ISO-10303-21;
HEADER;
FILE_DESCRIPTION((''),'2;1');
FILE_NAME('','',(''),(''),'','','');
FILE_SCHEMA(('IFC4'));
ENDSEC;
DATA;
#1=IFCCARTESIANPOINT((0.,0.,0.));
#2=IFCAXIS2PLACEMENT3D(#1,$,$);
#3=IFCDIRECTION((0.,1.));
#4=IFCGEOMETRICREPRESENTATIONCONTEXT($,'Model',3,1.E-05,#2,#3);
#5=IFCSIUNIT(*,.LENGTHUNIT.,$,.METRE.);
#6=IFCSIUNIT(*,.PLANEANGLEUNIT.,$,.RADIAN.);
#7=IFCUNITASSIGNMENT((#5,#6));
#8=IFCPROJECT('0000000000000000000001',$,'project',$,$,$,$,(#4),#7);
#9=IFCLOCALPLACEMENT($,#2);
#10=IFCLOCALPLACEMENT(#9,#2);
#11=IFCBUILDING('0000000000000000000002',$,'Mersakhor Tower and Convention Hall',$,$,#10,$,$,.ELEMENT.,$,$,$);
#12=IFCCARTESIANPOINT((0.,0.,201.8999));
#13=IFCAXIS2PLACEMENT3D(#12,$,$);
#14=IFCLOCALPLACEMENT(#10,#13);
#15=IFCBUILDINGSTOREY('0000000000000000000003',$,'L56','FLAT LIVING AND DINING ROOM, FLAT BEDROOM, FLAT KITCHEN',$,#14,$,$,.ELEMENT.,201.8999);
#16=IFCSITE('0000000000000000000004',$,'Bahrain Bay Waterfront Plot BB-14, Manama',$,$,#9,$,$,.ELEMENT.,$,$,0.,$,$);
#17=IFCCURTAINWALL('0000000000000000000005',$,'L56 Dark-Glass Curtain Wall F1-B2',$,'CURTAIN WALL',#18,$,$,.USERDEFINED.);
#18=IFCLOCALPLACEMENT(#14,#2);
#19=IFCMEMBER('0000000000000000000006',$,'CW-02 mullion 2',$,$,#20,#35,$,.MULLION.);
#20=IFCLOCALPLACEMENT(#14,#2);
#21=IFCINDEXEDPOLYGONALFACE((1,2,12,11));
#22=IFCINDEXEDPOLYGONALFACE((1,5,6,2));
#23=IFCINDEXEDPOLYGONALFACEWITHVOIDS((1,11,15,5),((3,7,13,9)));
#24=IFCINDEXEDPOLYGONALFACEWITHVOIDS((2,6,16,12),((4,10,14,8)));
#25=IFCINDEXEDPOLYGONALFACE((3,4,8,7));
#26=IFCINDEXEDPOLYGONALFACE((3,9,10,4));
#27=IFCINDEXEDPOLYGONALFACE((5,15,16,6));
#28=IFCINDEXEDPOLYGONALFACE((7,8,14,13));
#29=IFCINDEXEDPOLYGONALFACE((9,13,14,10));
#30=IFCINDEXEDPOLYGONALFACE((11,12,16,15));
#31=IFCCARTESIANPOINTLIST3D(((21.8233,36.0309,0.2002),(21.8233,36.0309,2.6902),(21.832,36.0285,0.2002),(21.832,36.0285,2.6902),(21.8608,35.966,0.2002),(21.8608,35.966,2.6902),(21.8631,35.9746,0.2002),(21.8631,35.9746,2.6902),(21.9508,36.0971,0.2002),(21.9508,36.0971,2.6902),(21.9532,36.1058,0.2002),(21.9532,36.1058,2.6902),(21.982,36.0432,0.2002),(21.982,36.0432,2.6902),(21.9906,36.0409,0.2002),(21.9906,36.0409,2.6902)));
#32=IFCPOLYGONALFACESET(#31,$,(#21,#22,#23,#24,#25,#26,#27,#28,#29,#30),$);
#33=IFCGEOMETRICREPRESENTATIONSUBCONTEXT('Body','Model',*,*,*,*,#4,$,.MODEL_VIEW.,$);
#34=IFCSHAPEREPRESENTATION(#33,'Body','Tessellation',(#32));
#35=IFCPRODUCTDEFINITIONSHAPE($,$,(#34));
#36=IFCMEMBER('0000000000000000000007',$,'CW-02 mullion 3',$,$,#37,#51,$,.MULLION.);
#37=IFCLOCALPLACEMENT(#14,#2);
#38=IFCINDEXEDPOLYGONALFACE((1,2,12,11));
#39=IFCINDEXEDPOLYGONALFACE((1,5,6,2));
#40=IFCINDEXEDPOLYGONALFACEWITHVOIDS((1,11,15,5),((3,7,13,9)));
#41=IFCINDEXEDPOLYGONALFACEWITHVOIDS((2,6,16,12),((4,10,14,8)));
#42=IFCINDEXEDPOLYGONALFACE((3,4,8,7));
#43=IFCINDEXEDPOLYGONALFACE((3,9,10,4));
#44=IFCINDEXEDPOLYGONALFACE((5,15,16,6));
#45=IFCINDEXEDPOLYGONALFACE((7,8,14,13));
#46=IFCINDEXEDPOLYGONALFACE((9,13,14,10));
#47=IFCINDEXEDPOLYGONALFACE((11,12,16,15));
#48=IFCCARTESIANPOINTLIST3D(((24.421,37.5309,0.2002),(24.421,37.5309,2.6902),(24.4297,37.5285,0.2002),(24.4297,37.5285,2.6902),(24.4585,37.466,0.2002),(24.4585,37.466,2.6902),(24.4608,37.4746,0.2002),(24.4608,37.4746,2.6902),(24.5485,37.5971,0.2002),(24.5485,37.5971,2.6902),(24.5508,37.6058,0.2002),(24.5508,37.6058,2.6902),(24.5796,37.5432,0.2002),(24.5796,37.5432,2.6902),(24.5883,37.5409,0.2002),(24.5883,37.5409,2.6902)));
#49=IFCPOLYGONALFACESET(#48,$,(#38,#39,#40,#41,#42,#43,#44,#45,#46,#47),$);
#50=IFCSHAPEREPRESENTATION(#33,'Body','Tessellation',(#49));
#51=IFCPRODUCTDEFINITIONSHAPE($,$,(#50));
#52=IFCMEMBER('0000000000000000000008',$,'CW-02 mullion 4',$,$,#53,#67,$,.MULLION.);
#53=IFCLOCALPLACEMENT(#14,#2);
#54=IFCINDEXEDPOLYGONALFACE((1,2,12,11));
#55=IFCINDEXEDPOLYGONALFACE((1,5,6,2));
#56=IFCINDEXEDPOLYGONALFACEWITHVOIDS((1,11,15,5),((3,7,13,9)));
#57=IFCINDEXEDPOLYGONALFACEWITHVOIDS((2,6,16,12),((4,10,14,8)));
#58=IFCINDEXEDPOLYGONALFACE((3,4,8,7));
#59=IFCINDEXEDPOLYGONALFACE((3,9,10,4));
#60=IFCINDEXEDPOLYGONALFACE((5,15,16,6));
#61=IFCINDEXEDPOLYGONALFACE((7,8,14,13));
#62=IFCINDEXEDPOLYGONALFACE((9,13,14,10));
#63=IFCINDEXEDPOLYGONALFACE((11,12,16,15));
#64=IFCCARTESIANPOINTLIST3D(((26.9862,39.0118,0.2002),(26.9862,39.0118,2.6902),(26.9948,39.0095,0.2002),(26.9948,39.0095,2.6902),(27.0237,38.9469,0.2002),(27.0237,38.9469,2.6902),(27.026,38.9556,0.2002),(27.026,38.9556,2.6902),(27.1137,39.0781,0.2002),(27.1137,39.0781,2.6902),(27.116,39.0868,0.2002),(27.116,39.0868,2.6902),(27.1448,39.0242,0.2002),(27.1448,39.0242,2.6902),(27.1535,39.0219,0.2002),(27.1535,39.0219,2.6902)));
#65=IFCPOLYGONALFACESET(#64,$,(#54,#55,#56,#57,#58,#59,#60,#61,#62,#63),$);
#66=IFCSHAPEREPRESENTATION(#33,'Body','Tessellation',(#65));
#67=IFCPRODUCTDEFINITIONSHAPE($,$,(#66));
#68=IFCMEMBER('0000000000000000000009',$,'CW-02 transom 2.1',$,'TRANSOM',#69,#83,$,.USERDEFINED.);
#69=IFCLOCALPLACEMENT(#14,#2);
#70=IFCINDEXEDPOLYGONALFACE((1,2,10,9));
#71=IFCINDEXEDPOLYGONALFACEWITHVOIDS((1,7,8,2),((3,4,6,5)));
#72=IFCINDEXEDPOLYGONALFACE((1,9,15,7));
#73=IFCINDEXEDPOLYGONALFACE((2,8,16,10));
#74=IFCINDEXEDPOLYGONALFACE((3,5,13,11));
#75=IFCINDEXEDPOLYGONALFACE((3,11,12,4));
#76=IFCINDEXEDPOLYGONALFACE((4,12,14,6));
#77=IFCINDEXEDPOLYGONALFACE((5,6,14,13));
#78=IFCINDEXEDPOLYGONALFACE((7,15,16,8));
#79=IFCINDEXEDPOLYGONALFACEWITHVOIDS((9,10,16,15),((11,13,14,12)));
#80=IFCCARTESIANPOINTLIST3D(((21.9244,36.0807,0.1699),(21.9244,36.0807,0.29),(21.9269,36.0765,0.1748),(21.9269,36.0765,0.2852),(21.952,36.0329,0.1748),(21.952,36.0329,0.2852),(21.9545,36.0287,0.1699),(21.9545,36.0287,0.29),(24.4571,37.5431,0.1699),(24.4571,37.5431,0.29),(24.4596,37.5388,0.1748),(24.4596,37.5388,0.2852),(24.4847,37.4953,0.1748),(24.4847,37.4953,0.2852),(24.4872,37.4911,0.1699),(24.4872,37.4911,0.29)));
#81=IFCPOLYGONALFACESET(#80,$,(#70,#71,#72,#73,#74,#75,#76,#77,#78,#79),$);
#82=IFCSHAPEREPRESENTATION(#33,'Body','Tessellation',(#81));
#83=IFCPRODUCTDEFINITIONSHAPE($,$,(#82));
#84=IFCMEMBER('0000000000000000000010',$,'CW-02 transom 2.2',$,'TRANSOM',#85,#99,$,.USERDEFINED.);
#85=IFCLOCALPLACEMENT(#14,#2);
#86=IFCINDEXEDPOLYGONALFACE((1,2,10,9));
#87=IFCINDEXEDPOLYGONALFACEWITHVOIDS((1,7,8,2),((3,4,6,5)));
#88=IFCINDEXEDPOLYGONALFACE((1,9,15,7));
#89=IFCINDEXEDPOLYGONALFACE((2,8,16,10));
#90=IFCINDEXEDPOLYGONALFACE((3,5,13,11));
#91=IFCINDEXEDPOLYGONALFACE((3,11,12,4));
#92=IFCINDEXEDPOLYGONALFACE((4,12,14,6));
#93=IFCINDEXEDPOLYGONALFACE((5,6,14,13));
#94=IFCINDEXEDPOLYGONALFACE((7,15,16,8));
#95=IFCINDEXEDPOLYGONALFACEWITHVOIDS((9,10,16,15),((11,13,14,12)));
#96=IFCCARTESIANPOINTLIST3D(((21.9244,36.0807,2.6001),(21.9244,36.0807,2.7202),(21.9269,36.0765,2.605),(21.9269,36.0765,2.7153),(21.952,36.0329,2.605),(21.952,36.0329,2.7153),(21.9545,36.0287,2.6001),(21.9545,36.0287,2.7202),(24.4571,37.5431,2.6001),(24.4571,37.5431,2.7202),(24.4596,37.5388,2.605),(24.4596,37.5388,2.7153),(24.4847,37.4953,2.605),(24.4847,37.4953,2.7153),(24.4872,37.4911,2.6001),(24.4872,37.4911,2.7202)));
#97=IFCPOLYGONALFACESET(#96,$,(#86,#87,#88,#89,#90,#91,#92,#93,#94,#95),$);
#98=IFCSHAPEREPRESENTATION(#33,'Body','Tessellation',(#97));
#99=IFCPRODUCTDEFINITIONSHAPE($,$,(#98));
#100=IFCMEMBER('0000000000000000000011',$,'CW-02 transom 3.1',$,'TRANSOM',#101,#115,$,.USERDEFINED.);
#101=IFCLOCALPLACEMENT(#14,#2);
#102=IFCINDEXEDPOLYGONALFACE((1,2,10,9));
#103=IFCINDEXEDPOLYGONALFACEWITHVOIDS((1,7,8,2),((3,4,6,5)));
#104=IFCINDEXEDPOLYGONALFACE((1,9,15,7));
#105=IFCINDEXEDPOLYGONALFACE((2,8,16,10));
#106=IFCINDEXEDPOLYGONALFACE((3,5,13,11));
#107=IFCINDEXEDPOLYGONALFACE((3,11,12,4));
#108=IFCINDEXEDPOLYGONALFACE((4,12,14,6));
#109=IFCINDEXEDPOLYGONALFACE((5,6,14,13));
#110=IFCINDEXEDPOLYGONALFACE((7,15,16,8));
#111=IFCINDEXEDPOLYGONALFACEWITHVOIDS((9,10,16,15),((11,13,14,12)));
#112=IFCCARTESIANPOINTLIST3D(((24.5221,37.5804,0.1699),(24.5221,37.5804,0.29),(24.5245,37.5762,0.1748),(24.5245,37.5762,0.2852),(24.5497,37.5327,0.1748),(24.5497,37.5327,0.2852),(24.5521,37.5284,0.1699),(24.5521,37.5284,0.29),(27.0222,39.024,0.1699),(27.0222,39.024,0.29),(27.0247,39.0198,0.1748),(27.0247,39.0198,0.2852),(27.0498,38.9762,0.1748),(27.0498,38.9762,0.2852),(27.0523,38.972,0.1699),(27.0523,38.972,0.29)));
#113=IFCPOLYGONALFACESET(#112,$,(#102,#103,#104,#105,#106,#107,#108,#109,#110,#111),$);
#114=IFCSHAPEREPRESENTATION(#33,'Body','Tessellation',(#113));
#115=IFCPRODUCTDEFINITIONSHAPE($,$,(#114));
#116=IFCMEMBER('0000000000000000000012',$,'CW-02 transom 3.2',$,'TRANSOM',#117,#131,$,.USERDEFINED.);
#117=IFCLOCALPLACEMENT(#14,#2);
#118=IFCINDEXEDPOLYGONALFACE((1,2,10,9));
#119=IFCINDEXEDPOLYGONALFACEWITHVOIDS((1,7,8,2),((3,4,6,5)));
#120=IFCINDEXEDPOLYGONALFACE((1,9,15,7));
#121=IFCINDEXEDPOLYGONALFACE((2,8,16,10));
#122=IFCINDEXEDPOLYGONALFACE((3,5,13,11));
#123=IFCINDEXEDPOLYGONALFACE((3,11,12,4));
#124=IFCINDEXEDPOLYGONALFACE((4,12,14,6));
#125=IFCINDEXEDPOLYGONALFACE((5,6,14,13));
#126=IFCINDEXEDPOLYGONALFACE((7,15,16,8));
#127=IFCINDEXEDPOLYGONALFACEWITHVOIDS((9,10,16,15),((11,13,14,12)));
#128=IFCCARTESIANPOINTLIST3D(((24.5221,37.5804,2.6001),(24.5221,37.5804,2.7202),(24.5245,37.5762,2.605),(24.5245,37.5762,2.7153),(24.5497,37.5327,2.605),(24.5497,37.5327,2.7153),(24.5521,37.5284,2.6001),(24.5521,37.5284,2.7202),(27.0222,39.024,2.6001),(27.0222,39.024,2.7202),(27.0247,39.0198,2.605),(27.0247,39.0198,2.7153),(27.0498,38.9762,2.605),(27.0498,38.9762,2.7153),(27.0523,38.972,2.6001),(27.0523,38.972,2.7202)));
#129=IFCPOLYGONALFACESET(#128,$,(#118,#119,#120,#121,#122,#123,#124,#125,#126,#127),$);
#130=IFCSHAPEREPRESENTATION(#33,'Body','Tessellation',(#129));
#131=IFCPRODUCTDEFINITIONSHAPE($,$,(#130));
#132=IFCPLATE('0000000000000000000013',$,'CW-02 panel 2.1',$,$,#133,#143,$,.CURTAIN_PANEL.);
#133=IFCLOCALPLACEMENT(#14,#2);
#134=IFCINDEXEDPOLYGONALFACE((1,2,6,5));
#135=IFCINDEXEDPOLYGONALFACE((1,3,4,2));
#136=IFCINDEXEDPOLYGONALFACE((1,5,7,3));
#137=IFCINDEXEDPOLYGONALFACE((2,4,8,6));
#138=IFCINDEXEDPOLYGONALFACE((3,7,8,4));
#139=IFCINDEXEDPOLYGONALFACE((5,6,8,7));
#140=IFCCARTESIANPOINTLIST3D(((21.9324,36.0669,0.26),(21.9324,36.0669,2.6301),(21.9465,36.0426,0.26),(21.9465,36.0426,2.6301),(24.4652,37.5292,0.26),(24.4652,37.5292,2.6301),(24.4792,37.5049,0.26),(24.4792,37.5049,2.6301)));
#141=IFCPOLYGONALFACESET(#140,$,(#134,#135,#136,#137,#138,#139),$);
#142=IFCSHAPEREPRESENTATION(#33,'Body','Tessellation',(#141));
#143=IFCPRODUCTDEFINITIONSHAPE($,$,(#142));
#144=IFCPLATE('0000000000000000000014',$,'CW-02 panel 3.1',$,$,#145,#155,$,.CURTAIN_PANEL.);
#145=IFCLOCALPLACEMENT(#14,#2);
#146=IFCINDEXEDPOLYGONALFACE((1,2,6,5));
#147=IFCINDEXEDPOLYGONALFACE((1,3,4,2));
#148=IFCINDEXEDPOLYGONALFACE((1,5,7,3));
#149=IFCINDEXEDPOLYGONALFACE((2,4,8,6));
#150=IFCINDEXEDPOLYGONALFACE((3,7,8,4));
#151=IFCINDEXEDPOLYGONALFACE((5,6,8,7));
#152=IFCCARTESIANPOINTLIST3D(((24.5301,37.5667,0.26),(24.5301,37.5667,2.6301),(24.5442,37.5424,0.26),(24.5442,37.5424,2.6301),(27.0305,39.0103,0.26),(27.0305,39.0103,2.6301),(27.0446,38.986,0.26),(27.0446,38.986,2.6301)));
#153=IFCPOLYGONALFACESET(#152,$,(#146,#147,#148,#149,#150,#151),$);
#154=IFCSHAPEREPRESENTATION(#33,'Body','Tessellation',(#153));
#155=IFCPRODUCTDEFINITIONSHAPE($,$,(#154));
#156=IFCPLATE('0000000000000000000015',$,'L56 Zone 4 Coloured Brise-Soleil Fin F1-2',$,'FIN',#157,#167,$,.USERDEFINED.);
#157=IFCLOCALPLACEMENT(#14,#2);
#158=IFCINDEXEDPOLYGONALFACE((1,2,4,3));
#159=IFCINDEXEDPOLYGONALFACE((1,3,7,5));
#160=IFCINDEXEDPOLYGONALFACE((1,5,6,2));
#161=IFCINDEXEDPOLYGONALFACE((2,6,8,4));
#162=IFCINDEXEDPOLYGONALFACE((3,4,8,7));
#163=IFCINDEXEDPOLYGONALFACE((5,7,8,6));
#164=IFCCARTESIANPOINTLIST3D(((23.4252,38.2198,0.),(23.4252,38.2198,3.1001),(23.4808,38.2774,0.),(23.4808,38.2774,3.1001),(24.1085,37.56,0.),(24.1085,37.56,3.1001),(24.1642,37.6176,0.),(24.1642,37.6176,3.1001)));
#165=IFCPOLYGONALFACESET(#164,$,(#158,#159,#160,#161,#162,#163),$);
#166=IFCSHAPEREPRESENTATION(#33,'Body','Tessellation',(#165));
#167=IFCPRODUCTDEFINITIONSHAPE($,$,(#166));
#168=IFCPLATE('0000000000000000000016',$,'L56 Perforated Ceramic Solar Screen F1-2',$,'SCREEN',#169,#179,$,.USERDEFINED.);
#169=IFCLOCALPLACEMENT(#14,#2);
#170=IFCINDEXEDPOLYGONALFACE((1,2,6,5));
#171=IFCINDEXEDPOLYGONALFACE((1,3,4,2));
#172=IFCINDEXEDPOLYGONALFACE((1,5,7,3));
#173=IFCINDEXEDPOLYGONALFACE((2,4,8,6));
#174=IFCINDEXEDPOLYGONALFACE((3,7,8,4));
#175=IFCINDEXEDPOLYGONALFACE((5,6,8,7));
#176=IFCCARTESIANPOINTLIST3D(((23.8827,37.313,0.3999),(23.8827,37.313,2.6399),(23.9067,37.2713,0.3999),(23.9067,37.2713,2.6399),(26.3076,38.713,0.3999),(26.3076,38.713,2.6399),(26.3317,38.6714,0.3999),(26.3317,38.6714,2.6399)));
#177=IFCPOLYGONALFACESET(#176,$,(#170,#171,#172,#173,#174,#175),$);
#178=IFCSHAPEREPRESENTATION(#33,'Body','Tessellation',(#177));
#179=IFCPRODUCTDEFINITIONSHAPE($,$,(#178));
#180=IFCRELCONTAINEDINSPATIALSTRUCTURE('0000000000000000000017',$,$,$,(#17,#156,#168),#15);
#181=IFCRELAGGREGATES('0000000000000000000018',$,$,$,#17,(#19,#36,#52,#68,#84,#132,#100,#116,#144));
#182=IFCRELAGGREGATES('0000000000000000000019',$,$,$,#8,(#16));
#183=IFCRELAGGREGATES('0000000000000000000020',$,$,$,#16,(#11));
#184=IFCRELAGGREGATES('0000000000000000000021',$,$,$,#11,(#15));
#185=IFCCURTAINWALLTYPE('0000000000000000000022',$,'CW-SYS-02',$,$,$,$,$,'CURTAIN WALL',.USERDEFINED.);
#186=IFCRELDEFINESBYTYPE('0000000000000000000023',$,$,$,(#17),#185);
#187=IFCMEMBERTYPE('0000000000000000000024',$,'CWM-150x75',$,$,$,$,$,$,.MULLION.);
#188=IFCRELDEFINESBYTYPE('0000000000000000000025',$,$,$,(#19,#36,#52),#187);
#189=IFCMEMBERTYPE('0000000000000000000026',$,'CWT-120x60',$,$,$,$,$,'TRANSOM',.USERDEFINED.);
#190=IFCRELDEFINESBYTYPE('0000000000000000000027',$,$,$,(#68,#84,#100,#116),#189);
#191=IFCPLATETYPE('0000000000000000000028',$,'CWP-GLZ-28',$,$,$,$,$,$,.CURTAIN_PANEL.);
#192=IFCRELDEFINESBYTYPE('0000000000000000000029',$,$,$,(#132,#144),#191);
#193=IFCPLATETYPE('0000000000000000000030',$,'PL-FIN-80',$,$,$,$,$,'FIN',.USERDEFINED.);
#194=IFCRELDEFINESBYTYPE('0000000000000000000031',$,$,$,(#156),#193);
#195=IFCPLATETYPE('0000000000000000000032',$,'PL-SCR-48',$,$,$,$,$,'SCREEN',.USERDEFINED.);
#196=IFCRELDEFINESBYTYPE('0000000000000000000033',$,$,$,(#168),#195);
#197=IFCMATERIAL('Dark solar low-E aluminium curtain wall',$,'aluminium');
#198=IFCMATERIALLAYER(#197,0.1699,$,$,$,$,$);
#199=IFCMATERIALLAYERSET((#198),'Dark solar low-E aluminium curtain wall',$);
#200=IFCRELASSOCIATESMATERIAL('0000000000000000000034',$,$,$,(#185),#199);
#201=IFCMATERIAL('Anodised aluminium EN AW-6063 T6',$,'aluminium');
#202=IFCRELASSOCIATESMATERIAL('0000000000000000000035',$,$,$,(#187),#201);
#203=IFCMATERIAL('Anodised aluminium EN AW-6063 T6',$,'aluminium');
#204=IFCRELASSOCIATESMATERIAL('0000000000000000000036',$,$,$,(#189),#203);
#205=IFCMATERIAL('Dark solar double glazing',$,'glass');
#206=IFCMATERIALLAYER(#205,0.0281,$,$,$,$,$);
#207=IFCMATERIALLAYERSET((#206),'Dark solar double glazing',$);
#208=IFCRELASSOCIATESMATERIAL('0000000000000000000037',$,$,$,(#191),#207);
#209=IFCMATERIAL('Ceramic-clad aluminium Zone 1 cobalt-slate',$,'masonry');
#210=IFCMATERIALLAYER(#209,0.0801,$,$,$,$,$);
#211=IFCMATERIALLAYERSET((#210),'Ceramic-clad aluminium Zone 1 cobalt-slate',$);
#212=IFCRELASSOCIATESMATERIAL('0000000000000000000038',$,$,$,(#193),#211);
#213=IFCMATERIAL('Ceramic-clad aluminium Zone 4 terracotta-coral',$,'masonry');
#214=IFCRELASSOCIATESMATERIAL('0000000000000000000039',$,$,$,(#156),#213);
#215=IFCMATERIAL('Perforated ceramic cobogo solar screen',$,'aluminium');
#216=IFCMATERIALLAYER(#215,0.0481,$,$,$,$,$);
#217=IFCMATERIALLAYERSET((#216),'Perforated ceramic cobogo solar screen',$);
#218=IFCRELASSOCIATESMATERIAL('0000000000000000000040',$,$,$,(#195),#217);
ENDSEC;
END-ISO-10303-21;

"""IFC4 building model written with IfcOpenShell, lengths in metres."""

from ifc_helpers import new_model, si_unit, direction, frame, origin, origin_2d, place, context, subcontext, project, spatial, rectangle, hollow_rectangle, extrude, material, layer, layer_set, material_profile, profile_set, type_object, element, aggregate, save


model = new_model("IFC4")

# Units and contexts
model_context = context("Model", 3, precision=1e-05, world=origin(), true_north=direction((0.0, 1.0)))
body_context = subcontext(model_context, "Body", "Model", "MODEL_VIEW")
ifc_project = project(units=[si_unit("LENGTHUNIT", "METRE"), si_unit("PLANEANGLEUNIT", "RADIAN")], contexts=[model_context])

# Site, building, storey
site_placement = place(None, origin())
site = spatial("IfcSite", under=ifc_project, at=site_placement, Name="Bahrain Bay Waterfront Plot BB-14, Manama", CompositionType="ELEMENT", RefElevation=0.0)
building_placement = place(site_placement, origin())
building = spatial("IfcBuilding", under=site, at=building_placement, Name="Mersakhor Tower and Convention Hall", CompositionType="ELEMENT")
storey_placement = place(building_placement, frame((0.0, 0.0, 201.8999)))
storey = spatial("IfcBuildingStorey", under=building, at=storey_placement, Name="L56", Description="FLAT LIVING AND DINING ROOM, FLAT BEDROOM, FLAT KITCHEN", CompositionType="ELEMENT", Elevation=201.8999)

# Curtain wall, members, plates
ifc_material_1 = material(Name="Dark solar low-E aluminium curtain wall", Category="aluminium")
ifc_layer_1 = layer(ifc_material_1, 0.1699)
ifc_layer_set_1 = layer_set([ifc_layer_1], Name="Dark solar low-E aluminium curtain wall")
curtain_wall_type = type_object("IfcCurtainWallType", Name="CW-SYS-02", ElementType="CURTAIN WALL", PredefinedType="USERDEFINED", material=ifc_layer_set_1)
curtain_wall_placement = place(storey_placement, origin())
curtain_wall = element("IfcCurtainWall", 1, at=curtain_wall_placement, inside=storey, type_object=curtain_wall_type, Name="L56 Dark-Glass Curtain Wall F1-B2", ObjectType="CURTAIN WALL", PredefinedType="USERDEFINED")
ifc_material_2 = material(Name="Anodised aluminium EN AW-6063 T6", Category="aluminium")
ifc_material_profile_1 = material_profile(ifc_material_2, hollow_rectangle(XDim=0.075, YDim=0.1499, WallThickness=0.0063, at=origin_2d()), Name="RHS 150x75x6.3")
ifc_profile_set_1 = profile_set([ifc_material_profile_1], Name="Anodised aluminium EN AW-6063 T6")
member_type_1 = type_object("IfcMemberType", Name="CWM-150x75", PredefinedType="MULLION", material=ifc_profile_set_1)
member_1_placement = place(storey_placement, frame((21.907, 36.0359, 0.2002), z_axis=(0.0, 0.0, 1.0), x_axis=(-0.500008, 0.866021, 0.0)))
member_1 = element("IfcMember", 2, at=member_1_placement, type_object=member_type_1, Name="CW-02 mullion 2", PredefinedType="MULLION", context=body_context, shape_type="SweptSolid", body=[
    extrude(hollow_rectangle(XDim=0.075, YDim=0.1499, WallThickness=0.0063, at=origin_2d()), origin(), (0.0, 0.0, 1.0), 2.49),
])
member_2_placement = place(storey_placement, frame((24.5046, 37.5359, 0.2002), z_axis=(0.0, 0.0, 1.0), x_axis=(-0.500008, 0.866021, 0.0)))
member_2 = element("IfcMember", 3, at=member_2_placement, type_object=member_type_1, Name="CW-02 mullion 3", PredefinedType="MULLION", context=body_context, shape_type="SweptSolid", body=[
    extrude(hollow_rectangle(XDim=0.075, YDim=0.1499, WallThickness=0.0063, at=origin_2d()), origin(), (0.0, 0.0, 1.0), 2.49),
])
member_3_placement = place(storey_placement, frame((27.0698, 39.0168, 0.2002), z_axis=(0.0, 0.0, 1.0), x_axis=(-0.500008, 0.866021, 0.0)))
member_3 = element("IfcMember", 4, at=member_3_placement, type_object=member_type_1, Name="CW-02 mullion 4", PredefinedType="MULLION", context=body_context, shape_type="SweptSolid", body=[
    extrude(hollow_rectangle(XDim=0.075, YDim=0.1499, WallThickness=0.0063, at=origin_2d()), origin(), (0.0, 0.0, 1.0), 2.49),
])
ifc_material_3 = material(Name="Anodised aluminium EN AW-6063 T6", Category="aluminium")
ifc_material_profile_2 = material_profile(ifc_material_3, hollow_rectangle(XDim=0.0601, YDim=0.1201, WallThickness=0.0049, at=origin_2d()), Name="RHS 120x60x5")
ifc_profile_set_2 = profile_set([ifc_material_profile_2], Name="Anodised aluminium EN AW-6063 T6")
member_type_2 = type_object("IfcMemberType", Name="CWT-120x60", ElementType="TRANSOM", PredefinedType="USERDEFINED", material=ifc_profile_set_2)
member_4_placement = place(storey_placement, frame((21.9395, 36.0547, 0.23), z_axis=(0.866005, 0.500036, 0.0), x_axis=(-0.500036, 0.866005, 0.0)))
member_4 = element("IfcMember", 5, at=member_4_placement, type_object=member_type_2, Name="CW-02 transom 2.1", ObjectType="TRANSOM", PredefinedType="USERDEFINED", context=body_context, shape_type="SweptSolid", body=[
    extrude(hollow_rectangle(XDim=0.0601, YDim=0.1201, WallThickness=0.0049, at=origin_2d()), origin(), (0.0, 0.0, 1.0), 2.9246),
])
member_5_placement = place(storey_placement, frame((21.9395, 36.0547, 2.6602), z_axis=(0.866005, 0.500036, 0.0), x_axis=(-0.500036, 0.866005, 0.0)))
member_5 = element("IfcMember", 6, at=member_5_placement, type_object=member_type_2, Name="CW-02 transom 2.2", ObjectType="TRANSOM", PredefinedType="USERDEFINED", context=body_context, shape_type="SweptSolid", body=[
    extrude(hollow_rectangle(XDim=0.0601, YDim=0.1201, WallThickness=0.0049, at=origin_2d()), origin(), (0.0, 0.0, 1.0), 2.9246),
])
member_6_placement = place(storey_placement, frame((24.5371, 37.5544, 0.23), z_axis=(0.866012, 0.500023, 0.0), x_axis=(-0.500023, 0.866012, 0.0)))
member_6 = element("IfcMember", 7, at=member_6_placement, type_object=member_type_2, Name="CW-02 transom 3.1", ObjectType="TRANSOM", PredefinedType="USERDEFINED", context=body_context, shape_type="SweptSolid", body=[
    extrude(hollow_rectangle(XDim=0.0601, YDim=0.1201, WallThickness=0.0049, at=origin_2d()), origin(), (0.0, 0.0, 1.0), 2.887),
])
member_7_placement = place(storey_placement, frame((24.5371, 37.5544, 2.6602), z_axis=(0.866012, 0.500023, 0.0), x_axis=(-0.500023, 0.866012, 0.0)))
member_7 = element("IfcMember", 8, at=member_7_placement, type_object=member_type_2, Name="CW-02 transom 3.2", ObjectType="TRANSOM", PredefinedType="USERDEFINED", context=body_context, shape_type="SweptSolid", body=[
    extrude(hollow_rectangle(XDim=0.0601, YDim=0.1201, WallThickness=0.0049, at=origin_2d()), origin(), (0.0, 0.0, 1.0), 2.887),
])
ifc_material_4 = material(Name="Dark solar double glazing", Category="glass")
ifc_layer_2 = layer(ifc_material_4, 0.0281)
ifc_layer_set_2 = layer_set([ifc_layer_2], Name="Dark solar double glazing")
plate_type_1 = type_object("IfcPlateType", Name="CWP-GLZ-28", PredefinedType="CURTAIN_PANEL", material=ifc_layer_set_2)
plate_1_placement = place(storey_placement, frame((23.2058, 36.7859, 0.26), z_axis=(0.0, 0.0, 1.0), x_axis=(0.866021, 0.500008, 0.0)))
plate_1 = element("IfcPlate", 9, at=plate_1_placement, type_object=plate_type_1, Name="CW-02 panel 2.1", PredefinedType="CURTAIN_PANEL", context=body_context, shape_type="SweptSolid", body=[
    extrude(rectangle(XDim=2.9246, YDim=0.0281, at=origin_2d()), origin(), (0.0, 0.0, 1.0), 2.3701),
])
plate_2_placement = place(storey_placement, frame((25.7874, 38.2764, 0.26), z_axis=(0.0, 0.0, 1.0), x_axis=(0.866021, 0.500008, 0.0)))
plate_2 = element("IfcPlate", 10, at=plate_2_placement, type_object=plate_type_1, Name="CW-02 panel 3.1", PredefinedType="CURTAIN_PANEL", context=body_context, shape_type="SweptSolid", body=[
    extrude(rectangle(XDim=2.8872, YDim=0.0281, at=origin_2d()), origin(), (0.0, 0.0, 1.0), 2.3701),
])
aggregate(curtain_wall, [member_1, member_2, member_3, member_4, member_5, plate_1, member_6, member_7, plate_2])

# Plates
ifc_material_5 = material(Name="Ceramic-clad aluminium Zone 4 terracotta-coral", Category="masonry")
ifc_material_6 = material(Name="Ceramic-clad aluminium Zone 1 cobalt-slate", Category="masonry")
ifc_layer_3 = layer(ifc_material_6, 0.0801)
ifc_layer_set_3 = layer_set([ifc_layer_3], Name="Ceramic-clad aluminium Zone 1 cobalt-slate")
plate_type_2 = type_object("IfcPlateType", Name="PL-FIN-80", ElementType="FIN", PredefinedType="USERDEFINED", material=ifc_layer_set_3)
plate_3_placement = place(storey_placement, frame((23.7947, 37.9187, 0.0), z_axis=(0.0, 0.0, 1.0), x_axis=(-0.71934, 0.694658, 0.0)))
element("IfcPlate", 11, at=plate_3_placement, inside=storey, type_object=plate_type_2, material=ifc_material_5, Name="L56 Zone 4 Coloured Brise-Soleil Fin F1-2", ObjectType="FIN", PredefinedType="USERDEFINED", context=body_context, shape_type="SweptSolid", body=[
    extrude(rectangle(XDim=0.95, YDim=0.0801, at=origin_2d()), origin(), (0.0, 0.0, 1.0), 3.1001),
])
ifc_material_7 = material(Name="Perforated ceramic cobogo solar screen", Category="aluminium")
ifc_layer_4 = layer(ifc_material_7, 0.0481)
ifc_layer_set_4 = layer_set([ifc_layer_4], Name="Perforated ceramic cobogo solar screen")
plate_type_3 = type_object("IfcPlateType", Name="PL-SCR-48", ElementType="SCREEN", PredefinedType="USERDEFINED", material=ifc_layer_set_4)
plate_4_placement = place(storey_placement, frame((25.1072, 37.9922, 0.3999), z_axis=(0.0, 0.0, 1.0), x_axis=(0.866025, 0.5, 0.0)))
element("IfcPlate", 12, at=plate_4_placement, inside=storey, type_object=plate_type_3, Name="L56 Perforated Ceramic Solar Screen F1-2", ObjectType="SCREEN", PredefinedType="USERDEFINED", context=body_context, shape_type="SweptSolid", body=[
    extrude(rectangle(XDim=2.8, YDim=0.0481, at=origin_2d()), origin(), (0.0, 0.0, 1.0), 2.24),
])

save(model, "model.ifc")
